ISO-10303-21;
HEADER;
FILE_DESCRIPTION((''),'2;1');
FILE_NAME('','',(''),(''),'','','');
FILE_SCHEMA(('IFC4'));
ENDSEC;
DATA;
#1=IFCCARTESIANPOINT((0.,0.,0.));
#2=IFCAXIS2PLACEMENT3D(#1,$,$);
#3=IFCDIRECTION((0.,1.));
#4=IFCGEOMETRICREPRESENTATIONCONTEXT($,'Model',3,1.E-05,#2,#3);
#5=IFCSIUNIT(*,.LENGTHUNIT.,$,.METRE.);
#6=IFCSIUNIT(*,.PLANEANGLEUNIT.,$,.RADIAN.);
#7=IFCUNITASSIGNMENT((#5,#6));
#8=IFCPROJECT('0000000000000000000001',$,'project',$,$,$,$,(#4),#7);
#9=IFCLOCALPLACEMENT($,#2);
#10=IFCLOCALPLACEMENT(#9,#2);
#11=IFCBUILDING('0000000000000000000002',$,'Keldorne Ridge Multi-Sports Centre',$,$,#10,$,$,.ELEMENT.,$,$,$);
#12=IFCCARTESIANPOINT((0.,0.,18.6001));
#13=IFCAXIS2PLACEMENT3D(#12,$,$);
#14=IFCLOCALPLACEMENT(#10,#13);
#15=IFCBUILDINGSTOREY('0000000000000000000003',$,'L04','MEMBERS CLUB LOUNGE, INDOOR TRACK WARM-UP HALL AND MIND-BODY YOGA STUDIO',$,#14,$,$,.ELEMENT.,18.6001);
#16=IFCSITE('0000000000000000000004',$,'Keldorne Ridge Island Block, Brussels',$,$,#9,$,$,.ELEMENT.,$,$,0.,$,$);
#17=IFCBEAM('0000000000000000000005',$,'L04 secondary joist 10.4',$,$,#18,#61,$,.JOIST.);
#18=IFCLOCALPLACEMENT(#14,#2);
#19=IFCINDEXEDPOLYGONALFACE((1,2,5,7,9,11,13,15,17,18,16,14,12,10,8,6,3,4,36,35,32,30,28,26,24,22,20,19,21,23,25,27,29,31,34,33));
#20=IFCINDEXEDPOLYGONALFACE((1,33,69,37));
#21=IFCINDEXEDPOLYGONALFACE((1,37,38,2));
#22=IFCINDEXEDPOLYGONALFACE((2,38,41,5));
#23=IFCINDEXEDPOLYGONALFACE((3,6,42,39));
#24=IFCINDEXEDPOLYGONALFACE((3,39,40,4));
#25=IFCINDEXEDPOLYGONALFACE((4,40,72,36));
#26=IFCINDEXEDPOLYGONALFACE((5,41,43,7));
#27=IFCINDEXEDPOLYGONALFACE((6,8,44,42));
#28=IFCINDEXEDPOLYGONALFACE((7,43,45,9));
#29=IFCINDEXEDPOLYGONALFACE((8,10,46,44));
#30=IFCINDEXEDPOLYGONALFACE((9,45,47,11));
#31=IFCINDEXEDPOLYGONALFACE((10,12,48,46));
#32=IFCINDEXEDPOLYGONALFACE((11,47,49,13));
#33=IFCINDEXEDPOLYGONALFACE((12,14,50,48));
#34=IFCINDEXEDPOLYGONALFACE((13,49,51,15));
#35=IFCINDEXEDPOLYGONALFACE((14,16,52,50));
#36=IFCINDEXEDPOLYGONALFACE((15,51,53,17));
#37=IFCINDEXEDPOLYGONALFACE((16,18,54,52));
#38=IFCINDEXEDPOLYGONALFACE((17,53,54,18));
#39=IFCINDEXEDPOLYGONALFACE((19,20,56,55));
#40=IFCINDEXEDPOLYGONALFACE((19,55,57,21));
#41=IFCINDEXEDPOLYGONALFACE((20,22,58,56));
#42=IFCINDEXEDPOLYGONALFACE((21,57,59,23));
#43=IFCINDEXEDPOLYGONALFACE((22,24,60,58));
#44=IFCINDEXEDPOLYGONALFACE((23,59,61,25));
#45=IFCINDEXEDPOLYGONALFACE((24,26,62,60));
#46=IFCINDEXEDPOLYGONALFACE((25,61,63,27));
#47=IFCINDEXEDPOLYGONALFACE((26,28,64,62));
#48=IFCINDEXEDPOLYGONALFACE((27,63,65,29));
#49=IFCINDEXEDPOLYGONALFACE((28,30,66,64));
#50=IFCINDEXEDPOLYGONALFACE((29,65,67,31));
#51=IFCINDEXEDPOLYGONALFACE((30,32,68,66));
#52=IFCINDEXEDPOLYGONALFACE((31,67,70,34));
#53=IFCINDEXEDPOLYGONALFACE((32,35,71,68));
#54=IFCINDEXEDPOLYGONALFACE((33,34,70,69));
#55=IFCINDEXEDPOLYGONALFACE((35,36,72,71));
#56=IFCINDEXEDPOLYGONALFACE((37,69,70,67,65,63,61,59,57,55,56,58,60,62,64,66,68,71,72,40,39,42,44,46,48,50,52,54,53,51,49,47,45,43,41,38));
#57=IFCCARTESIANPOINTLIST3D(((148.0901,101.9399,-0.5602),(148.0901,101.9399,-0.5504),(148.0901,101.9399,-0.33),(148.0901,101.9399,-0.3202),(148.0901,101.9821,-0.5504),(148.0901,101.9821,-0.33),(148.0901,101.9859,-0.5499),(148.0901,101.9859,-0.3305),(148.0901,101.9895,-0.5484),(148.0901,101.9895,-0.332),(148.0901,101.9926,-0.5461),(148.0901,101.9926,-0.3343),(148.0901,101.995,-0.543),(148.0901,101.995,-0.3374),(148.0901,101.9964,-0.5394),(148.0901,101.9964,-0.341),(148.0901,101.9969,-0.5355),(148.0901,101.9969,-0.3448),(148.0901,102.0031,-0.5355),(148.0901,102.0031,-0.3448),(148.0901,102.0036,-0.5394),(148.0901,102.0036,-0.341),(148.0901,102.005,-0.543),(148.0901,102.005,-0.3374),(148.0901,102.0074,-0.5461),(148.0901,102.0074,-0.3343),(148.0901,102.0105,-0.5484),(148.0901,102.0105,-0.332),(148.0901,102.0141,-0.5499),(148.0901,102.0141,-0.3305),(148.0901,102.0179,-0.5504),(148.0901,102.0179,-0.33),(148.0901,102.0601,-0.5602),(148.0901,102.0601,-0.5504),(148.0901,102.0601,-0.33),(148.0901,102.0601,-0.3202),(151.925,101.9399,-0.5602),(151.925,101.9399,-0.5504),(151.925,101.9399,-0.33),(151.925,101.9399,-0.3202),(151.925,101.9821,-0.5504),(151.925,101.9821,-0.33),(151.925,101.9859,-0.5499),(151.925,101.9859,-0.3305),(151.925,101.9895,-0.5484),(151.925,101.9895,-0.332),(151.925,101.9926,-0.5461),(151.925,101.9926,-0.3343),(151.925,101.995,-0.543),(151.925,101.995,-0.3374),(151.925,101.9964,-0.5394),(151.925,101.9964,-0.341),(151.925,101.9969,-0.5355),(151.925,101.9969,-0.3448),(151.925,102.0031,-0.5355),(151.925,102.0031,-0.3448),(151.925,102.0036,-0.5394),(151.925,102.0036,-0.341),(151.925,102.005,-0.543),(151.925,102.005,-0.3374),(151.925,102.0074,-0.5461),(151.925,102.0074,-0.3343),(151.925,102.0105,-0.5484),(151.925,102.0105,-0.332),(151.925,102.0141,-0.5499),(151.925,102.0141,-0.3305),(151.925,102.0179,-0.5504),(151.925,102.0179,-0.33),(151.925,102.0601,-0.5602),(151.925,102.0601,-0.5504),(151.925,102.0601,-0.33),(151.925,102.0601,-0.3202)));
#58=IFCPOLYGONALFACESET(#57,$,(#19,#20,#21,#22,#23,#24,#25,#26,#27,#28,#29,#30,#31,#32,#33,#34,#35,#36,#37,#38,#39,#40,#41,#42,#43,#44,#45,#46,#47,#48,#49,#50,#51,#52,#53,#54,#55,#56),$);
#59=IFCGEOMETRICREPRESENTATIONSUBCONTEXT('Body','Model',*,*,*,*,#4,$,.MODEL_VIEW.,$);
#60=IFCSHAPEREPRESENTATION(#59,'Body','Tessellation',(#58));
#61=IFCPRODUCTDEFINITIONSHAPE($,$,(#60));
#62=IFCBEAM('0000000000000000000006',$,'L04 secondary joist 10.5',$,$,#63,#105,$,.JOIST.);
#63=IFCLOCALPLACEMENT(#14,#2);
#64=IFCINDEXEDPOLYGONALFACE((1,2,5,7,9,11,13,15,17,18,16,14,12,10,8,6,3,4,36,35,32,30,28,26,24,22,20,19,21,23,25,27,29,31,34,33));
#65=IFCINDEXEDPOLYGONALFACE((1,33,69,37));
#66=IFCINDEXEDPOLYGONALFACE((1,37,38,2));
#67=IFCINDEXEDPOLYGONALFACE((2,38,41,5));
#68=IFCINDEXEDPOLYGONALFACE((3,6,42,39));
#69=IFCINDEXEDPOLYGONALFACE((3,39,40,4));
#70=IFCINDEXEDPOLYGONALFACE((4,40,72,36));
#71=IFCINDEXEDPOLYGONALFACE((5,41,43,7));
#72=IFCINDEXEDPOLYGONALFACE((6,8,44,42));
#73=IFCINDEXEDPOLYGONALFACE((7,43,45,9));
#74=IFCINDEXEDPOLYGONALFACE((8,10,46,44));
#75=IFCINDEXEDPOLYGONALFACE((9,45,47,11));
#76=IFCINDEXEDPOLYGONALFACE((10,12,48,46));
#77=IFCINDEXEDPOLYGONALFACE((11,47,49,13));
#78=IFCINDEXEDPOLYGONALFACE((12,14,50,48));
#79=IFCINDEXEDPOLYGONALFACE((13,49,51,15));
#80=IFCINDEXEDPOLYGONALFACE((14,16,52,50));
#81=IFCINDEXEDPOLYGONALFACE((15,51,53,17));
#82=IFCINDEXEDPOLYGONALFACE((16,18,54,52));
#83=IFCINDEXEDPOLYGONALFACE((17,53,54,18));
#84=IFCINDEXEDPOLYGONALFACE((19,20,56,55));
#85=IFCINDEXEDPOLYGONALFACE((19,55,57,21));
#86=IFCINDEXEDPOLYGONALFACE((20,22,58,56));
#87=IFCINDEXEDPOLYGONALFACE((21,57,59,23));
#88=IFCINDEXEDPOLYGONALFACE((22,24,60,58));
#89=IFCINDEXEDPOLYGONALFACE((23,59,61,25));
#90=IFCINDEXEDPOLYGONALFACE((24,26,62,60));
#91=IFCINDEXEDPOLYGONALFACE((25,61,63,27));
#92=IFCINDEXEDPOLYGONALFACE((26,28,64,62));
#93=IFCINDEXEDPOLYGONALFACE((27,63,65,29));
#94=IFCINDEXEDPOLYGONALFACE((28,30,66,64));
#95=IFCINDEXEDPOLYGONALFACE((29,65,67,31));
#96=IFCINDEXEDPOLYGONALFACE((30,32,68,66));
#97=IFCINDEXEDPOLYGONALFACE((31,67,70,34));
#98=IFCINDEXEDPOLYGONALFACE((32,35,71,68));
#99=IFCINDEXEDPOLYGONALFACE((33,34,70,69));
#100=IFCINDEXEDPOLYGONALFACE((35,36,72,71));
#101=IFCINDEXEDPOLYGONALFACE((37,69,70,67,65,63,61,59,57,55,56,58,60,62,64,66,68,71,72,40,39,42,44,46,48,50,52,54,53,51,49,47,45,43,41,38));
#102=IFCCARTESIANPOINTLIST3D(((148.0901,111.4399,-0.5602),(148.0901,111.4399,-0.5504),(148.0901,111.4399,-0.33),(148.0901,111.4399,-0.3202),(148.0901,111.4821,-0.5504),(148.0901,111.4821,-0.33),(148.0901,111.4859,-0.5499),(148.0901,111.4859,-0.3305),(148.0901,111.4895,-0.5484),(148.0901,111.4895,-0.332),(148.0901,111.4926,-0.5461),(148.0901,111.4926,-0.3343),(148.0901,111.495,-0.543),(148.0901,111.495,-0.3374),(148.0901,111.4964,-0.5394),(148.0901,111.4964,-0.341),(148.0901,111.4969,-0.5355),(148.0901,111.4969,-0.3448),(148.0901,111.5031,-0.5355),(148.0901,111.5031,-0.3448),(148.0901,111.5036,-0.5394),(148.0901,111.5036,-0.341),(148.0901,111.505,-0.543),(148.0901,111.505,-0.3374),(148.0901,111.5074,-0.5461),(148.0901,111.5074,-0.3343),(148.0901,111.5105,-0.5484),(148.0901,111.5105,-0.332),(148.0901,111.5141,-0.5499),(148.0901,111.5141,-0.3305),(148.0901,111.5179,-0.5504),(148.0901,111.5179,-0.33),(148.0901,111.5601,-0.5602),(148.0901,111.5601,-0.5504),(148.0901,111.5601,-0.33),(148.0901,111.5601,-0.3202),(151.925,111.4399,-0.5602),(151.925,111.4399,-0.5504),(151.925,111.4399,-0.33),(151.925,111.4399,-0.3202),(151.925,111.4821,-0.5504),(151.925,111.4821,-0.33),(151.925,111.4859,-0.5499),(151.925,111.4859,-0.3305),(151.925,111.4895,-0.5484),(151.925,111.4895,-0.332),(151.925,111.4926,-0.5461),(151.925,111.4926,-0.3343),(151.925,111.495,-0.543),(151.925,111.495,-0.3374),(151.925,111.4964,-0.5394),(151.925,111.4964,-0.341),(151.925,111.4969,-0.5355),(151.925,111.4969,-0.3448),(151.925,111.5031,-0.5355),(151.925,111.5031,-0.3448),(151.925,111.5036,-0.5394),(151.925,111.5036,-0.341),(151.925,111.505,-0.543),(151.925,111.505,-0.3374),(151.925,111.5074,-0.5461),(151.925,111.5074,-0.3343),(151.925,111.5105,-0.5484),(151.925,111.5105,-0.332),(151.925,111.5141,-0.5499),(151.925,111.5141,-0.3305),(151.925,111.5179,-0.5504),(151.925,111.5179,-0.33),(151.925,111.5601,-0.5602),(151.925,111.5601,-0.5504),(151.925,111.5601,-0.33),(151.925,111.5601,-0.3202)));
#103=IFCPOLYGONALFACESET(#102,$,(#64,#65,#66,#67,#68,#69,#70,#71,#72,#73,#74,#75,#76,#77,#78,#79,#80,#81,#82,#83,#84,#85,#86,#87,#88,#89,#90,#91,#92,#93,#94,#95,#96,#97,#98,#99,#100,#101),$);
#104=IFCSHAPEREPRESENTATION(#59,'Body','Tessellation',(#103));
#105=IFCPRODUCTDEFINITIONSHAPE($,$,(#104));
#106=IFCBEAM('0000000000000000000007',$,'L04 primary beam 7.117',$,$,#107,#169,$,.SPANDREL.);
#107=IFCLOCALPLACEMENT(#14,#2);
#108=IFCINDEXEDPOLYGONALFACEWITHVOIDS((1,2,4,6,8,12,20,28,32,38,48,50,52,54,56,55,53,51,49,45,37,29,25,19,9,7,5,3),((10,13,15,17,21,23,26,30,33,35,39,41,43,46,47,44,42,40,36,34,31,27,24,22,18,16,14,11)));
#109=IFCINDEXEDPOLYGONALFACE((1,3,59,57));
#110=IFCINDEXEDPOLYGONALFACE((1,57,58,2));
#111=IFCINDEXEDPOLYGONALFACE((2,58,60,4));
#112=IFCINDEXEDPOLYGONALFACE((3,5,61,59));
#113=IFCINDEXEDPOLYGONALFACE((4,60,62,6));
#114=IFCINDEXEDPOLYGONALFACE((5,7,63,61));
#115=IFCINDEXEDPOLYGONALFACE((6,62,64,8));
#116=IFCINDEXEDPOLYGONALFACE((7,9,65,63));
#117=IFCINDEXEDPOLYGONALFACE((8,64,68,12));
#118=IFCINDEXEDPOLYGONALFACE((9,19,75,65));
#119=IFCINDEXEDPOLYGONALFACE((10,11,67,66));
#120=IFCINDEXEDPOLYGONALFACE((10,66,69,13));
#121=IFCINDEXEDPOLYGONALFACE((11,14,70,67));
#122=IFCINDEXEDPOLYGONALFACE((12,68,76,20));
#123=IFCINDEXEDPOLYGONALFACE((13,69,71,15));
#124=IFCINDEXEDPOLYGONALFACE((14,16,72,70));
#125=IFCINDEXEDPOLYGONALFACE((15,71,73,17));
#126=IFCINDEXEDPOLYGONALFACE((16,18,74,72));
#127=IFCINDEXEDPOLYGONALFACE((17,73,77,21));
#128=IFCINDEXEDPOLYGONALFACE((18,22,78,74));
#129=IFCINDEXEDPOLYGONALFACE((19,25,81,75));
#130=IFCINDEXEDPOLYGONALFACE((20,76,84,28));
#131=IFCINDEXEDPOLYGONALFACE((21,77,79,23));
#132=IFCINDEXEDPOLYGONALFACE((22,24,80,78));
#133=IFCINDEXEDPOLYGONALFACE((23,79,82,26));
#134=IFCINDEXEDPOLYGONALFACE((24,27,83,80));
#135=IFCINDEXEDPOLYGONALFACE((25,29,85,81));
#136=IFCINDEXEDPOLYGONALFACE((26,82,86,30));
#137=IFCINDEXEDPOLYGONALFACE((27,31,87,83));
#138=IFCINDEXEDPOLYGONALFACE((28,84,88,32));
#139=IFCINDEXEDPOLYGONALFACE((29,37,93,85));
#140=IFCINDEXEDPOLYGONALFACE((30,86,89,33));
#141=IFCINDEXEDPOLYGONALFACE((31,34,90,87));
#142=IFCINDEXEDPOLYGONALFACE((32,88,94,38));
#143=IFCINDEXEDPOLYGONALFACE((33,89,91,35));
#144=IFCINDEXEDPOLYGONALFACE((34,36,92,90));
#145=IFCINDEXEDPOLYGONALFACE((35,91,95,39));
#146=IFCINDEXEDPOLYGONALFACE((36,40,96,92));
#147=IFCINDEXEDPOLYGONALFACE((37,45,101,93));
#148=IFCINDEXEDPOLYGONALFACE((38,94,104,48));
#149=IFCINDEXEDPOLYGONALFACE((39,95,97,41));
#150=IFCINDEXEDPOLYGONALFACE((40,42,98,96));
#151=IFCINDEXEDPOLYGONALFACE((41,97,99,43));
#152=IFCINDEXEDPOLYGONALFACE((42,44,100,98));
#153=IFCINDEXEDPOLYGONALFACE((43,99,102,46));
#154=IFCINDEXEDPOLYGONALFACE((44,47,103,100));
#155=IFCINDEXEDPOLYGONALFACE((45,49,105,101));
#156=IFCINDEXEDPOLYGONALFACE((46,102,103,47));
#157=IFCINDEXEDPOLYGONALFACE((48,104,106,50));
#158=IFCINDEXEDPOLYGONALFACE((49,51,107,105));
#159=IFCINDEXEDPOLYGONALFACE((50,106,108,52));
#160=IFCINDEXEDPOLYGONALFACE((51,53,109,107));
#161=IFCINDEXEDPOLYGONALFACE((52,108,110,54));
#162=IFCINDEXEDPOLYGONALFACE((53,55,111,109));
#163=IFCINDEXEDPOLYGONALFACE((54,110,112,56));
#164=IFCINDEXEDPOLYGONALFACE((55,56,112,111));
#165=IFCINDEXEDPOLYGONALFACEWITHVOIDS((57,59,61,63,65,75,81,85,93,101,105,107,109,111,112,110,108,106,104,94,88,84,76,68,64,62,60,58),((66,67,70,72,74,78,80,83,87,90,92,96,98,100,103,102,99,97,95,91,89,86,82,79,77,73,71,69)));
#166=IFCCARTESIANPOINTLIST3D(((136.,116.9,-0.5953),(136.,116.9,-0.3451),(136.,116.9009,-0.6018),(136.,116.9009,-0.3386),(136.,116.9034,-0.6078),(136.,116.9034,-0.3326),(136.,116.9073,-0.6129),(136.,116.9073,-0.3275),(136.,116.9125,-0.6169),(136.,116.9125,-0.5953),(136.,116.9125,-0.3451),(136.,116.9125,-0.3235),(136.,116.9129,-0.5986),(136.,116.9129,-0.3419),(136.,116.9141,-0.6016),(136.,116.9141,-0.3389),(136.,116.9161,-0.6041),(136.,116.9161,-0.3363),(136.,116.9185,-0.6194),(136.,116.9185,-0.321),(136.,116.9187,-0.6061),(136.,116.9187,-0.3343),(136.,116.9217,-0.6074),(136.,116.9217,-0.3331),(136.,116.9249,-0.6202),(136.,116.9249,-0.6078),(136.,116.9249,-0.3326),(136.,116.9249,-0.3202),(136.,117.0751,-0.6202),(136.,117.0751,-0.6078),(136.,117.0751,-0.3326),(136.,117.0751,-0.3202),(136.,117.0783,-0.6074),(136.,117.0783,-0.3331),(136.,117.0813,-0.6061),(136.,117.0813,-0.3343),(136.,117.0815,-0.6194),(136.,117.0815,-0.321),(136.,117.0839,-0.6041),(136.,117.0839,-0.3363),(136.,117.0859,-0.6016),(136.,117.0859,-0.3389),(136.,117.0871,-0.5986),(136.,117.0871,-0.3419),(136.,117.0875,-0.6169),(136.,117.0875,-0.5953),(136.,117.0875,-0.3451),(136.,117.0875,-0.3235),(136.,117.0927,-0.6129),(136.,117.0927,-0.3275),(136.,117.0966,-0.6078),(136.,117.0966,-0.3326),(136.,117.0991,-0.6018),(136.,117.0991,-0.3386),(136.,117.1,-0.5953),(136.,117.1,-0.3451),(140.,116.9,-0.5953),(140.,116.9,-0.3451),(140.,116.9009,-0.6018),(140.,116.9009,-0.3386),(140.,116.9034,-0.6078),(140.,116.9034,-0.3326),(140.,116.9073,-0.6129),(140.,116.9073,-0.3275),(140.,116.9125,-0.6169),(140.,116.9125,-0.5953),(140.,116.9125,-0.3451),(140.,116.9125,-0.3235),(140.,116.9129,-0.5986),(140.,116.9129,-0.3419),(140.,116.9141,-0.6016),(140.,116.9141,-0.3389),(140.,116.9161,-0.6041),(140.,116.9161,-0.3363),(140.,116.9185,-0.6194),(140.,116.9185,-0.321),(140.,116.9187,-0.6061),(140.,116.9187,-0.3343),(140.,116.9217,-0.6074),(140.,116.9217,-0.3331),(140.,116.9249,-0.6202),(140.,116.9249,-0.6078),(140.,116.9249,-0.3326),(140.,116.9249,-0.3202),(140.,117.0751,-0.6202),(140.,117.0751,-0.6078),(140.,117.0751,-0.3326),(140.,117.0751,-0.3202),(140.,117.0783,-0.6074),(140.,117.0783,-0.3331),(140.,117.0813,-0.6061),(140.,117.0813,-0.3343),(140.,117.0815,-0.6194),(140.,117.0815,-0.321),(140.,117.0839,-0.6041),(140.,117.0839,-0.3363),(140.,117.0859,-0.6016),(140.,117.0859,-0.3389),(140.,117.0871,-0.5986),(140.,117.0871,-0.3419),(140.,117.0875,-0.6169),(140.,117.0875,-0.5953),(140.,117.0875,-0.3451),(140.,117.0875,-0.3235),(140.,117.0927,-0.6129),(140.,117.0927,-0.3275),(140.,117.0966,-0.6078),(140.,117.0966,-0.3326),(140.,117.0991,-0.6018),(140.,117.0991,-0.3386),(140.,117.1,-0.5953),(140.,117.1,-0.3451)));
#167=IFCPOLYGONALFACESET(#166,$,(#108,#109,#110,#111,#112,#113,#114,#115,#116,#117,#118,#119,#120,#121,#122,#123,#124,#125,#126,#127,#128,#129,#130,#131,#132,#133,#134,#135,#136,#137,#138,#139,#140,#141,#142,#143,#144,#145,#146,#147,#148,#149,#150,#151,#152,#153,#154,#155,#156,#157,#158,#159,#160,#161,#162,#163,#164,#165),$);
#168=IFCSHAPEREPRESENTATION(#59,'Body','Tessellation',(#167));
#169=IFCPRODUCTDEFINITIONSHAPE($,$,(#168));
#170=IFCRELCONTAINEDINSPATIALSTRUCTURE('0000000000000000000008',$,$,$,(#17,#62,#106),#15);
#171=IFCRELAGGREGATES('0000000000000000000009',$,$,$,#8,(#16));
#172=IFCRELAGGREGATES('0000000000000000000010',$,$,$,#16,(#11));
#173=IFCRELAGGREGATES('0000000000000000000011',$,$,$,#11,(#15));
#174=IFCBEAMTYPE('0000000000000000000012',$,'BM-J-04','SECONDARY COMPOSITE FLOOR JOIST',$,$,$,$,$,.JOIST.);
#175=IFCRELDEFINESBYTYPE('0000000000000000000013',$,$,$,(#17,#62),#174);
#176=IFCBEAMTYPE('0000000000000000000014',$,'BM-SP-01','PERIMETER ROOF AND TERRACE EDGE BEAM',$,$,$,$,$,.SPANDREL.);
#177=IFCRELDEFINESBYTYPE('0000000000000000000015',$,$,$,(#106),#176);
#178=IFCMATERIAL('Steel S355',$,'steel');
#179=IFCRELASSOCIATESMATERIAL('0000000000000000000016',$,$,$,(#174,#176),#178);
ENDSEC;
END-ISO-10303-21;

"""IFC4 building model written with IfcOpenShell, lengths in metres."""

from ifc_helpers import new_model, si_unit, direction, frame, origin, origin_2d, place, context, subcontext, project, spatial, hollow_rectangle, i_section, extrude, material, material_profile, profile_set, type_object, element, save


model = new_model("IFC4")

# Units and contexts
model_context = context("Model", 3, precision=1e-05, world=origin(), true_north=direction((0.0, 1.0)))
body_context = subcontext(model_context, "Body", "Model", "MODEL_VIEW")
ifc_project = project(units=[si_unit("LENGTHUNIT", "METRE"), si_unit("PLANEANGLEUNIT", "RADIAN")], contexts=[model_context])

# Site, building, storey
site_placement = place(None, origin())
site = spatial("IfcSite", under=ifc_project, at=site_placement, Name="Keldorne Ridge Island Block, Brussels", CompositionType="ELEMENT", RefElevation=0.0)
building_placement = place(site_placement, origin())
building = spatial("IfcBuilding", under=site, at=building_placement, Name="Keldorne Ridge Multi-Sports Centre", CompositionType="ELEMENT")
storey_placement = place(building_placement, frame((0.0, 0.0, 18.6001)))
storey = spatial("IfcBuildingStorey", under=building, at=storey_placement, Name="L04", Description="MEMBERS CLUB LOUNGE, INDOOR TRACK WARM-UP HALL AND MIND-BODY YOGA STUDIO", CompositionType="ELEMENT", Elevation=18.6001)

# Shared definitions
ifc_material_1 = material(Name="Steel S355", Category="steel")

# Beams
ifc_material_profile_1 = material_profile(ifc_material_1, i_section(OverallWidth=0.1201, OverallDepth=0.24, WebThickness=0.0061, FlangeThickness=0.0098, FilletRadius=0.0149, at=origin_2d()), Name="IPE 240")
ifc_profile_set_1 = profile_set([ifc_material_profile_1], Name="Steel S355")
beam_type_1 = type_object("IfcBeamType", Name="BM-J-04", Description="SECONDARY COMPOSITE FLOOR JOIST", PredefinedType="JOIST", material=ifc_profile_set_1)
for number, where, z_axis, x_axis, name in (
    (1, (148.0901, 102.0, -0.4402), (1.0, 0.0, 0.0), (0.0, 1.0, 0.0), "L04 secondary joist 10.4"),
    (2, (148.0901, 111.5, -0.4402), (1.0, 0.0, 0.0), (0.0, 1.0, 0.0), "L04 secondary joist 10.5"),
):
    element("IfcBeam", number, at=place(storey_placement, frame(where, z_axis=z_axis, x_axis=x_axis)), inside=storey, type_object=beam_type_1, Name=name, PredefinedType="JOIST", context=body_context, shape_type="SweptSolid", body=[
        extrude(i_section(OverallWidth=0.1201, OverallDepth=0.24, WebThickness=0.0061, FlangeThickness=0.0098, FilletRadius=0.0149, at=origin_2d()), origin(), (0.0, 0.0, 1.0), 3.835),
    ])
ifc_material_profile_2 = material_profile(ifc_material_1, hollow_rectangle(XDim=0.2, YDim=0.3, WallThickness=0.0125, InnerFilletRadius=0.0125, OuterFilletRadius=0.0249, at=origin_2d()), Name="RHS 300x200x12.5")
ifc_profile_set_2 = profile_set([ifc_material_profile_2], Name="Steel S355")
beam_type_2 = type_object("IfcBeamType", Name="BM-SP-01", Description="PERIMETER ROOF AND TERRACE EDGE BEAM", PredefinedType="SPANDREL", material=ifc_profile_set_2)
for number, where, z_axis, x_axis, name in (
    (3, (136.0, 117.0, -0.4702), (1.0, 0.0, 0.0), (0.0, 1.0, 0.0), "L04 primary beam 7.117"),
):
    element("IfcBeam", number, at=place(storey_placement, frame(where, z_axis=z_axis, x_axis=x_axis)), inside=storey, type_object=beam_type_2, Name=name, PredefinedType="SPANDREL", context=body_context, shape_type="SweptSolid", body=[
        extrude(hollow_rectangle(XDim=0.2, YDim=0.3, WallThickness=0.0125, InnerFilletRadius=0.0125, OuterFilletRadius=0.0249, at=origin_2d()), origin(), (0.0, 0.0, 1.0), 4.0),
    ])

save(model, "model.ifc")
